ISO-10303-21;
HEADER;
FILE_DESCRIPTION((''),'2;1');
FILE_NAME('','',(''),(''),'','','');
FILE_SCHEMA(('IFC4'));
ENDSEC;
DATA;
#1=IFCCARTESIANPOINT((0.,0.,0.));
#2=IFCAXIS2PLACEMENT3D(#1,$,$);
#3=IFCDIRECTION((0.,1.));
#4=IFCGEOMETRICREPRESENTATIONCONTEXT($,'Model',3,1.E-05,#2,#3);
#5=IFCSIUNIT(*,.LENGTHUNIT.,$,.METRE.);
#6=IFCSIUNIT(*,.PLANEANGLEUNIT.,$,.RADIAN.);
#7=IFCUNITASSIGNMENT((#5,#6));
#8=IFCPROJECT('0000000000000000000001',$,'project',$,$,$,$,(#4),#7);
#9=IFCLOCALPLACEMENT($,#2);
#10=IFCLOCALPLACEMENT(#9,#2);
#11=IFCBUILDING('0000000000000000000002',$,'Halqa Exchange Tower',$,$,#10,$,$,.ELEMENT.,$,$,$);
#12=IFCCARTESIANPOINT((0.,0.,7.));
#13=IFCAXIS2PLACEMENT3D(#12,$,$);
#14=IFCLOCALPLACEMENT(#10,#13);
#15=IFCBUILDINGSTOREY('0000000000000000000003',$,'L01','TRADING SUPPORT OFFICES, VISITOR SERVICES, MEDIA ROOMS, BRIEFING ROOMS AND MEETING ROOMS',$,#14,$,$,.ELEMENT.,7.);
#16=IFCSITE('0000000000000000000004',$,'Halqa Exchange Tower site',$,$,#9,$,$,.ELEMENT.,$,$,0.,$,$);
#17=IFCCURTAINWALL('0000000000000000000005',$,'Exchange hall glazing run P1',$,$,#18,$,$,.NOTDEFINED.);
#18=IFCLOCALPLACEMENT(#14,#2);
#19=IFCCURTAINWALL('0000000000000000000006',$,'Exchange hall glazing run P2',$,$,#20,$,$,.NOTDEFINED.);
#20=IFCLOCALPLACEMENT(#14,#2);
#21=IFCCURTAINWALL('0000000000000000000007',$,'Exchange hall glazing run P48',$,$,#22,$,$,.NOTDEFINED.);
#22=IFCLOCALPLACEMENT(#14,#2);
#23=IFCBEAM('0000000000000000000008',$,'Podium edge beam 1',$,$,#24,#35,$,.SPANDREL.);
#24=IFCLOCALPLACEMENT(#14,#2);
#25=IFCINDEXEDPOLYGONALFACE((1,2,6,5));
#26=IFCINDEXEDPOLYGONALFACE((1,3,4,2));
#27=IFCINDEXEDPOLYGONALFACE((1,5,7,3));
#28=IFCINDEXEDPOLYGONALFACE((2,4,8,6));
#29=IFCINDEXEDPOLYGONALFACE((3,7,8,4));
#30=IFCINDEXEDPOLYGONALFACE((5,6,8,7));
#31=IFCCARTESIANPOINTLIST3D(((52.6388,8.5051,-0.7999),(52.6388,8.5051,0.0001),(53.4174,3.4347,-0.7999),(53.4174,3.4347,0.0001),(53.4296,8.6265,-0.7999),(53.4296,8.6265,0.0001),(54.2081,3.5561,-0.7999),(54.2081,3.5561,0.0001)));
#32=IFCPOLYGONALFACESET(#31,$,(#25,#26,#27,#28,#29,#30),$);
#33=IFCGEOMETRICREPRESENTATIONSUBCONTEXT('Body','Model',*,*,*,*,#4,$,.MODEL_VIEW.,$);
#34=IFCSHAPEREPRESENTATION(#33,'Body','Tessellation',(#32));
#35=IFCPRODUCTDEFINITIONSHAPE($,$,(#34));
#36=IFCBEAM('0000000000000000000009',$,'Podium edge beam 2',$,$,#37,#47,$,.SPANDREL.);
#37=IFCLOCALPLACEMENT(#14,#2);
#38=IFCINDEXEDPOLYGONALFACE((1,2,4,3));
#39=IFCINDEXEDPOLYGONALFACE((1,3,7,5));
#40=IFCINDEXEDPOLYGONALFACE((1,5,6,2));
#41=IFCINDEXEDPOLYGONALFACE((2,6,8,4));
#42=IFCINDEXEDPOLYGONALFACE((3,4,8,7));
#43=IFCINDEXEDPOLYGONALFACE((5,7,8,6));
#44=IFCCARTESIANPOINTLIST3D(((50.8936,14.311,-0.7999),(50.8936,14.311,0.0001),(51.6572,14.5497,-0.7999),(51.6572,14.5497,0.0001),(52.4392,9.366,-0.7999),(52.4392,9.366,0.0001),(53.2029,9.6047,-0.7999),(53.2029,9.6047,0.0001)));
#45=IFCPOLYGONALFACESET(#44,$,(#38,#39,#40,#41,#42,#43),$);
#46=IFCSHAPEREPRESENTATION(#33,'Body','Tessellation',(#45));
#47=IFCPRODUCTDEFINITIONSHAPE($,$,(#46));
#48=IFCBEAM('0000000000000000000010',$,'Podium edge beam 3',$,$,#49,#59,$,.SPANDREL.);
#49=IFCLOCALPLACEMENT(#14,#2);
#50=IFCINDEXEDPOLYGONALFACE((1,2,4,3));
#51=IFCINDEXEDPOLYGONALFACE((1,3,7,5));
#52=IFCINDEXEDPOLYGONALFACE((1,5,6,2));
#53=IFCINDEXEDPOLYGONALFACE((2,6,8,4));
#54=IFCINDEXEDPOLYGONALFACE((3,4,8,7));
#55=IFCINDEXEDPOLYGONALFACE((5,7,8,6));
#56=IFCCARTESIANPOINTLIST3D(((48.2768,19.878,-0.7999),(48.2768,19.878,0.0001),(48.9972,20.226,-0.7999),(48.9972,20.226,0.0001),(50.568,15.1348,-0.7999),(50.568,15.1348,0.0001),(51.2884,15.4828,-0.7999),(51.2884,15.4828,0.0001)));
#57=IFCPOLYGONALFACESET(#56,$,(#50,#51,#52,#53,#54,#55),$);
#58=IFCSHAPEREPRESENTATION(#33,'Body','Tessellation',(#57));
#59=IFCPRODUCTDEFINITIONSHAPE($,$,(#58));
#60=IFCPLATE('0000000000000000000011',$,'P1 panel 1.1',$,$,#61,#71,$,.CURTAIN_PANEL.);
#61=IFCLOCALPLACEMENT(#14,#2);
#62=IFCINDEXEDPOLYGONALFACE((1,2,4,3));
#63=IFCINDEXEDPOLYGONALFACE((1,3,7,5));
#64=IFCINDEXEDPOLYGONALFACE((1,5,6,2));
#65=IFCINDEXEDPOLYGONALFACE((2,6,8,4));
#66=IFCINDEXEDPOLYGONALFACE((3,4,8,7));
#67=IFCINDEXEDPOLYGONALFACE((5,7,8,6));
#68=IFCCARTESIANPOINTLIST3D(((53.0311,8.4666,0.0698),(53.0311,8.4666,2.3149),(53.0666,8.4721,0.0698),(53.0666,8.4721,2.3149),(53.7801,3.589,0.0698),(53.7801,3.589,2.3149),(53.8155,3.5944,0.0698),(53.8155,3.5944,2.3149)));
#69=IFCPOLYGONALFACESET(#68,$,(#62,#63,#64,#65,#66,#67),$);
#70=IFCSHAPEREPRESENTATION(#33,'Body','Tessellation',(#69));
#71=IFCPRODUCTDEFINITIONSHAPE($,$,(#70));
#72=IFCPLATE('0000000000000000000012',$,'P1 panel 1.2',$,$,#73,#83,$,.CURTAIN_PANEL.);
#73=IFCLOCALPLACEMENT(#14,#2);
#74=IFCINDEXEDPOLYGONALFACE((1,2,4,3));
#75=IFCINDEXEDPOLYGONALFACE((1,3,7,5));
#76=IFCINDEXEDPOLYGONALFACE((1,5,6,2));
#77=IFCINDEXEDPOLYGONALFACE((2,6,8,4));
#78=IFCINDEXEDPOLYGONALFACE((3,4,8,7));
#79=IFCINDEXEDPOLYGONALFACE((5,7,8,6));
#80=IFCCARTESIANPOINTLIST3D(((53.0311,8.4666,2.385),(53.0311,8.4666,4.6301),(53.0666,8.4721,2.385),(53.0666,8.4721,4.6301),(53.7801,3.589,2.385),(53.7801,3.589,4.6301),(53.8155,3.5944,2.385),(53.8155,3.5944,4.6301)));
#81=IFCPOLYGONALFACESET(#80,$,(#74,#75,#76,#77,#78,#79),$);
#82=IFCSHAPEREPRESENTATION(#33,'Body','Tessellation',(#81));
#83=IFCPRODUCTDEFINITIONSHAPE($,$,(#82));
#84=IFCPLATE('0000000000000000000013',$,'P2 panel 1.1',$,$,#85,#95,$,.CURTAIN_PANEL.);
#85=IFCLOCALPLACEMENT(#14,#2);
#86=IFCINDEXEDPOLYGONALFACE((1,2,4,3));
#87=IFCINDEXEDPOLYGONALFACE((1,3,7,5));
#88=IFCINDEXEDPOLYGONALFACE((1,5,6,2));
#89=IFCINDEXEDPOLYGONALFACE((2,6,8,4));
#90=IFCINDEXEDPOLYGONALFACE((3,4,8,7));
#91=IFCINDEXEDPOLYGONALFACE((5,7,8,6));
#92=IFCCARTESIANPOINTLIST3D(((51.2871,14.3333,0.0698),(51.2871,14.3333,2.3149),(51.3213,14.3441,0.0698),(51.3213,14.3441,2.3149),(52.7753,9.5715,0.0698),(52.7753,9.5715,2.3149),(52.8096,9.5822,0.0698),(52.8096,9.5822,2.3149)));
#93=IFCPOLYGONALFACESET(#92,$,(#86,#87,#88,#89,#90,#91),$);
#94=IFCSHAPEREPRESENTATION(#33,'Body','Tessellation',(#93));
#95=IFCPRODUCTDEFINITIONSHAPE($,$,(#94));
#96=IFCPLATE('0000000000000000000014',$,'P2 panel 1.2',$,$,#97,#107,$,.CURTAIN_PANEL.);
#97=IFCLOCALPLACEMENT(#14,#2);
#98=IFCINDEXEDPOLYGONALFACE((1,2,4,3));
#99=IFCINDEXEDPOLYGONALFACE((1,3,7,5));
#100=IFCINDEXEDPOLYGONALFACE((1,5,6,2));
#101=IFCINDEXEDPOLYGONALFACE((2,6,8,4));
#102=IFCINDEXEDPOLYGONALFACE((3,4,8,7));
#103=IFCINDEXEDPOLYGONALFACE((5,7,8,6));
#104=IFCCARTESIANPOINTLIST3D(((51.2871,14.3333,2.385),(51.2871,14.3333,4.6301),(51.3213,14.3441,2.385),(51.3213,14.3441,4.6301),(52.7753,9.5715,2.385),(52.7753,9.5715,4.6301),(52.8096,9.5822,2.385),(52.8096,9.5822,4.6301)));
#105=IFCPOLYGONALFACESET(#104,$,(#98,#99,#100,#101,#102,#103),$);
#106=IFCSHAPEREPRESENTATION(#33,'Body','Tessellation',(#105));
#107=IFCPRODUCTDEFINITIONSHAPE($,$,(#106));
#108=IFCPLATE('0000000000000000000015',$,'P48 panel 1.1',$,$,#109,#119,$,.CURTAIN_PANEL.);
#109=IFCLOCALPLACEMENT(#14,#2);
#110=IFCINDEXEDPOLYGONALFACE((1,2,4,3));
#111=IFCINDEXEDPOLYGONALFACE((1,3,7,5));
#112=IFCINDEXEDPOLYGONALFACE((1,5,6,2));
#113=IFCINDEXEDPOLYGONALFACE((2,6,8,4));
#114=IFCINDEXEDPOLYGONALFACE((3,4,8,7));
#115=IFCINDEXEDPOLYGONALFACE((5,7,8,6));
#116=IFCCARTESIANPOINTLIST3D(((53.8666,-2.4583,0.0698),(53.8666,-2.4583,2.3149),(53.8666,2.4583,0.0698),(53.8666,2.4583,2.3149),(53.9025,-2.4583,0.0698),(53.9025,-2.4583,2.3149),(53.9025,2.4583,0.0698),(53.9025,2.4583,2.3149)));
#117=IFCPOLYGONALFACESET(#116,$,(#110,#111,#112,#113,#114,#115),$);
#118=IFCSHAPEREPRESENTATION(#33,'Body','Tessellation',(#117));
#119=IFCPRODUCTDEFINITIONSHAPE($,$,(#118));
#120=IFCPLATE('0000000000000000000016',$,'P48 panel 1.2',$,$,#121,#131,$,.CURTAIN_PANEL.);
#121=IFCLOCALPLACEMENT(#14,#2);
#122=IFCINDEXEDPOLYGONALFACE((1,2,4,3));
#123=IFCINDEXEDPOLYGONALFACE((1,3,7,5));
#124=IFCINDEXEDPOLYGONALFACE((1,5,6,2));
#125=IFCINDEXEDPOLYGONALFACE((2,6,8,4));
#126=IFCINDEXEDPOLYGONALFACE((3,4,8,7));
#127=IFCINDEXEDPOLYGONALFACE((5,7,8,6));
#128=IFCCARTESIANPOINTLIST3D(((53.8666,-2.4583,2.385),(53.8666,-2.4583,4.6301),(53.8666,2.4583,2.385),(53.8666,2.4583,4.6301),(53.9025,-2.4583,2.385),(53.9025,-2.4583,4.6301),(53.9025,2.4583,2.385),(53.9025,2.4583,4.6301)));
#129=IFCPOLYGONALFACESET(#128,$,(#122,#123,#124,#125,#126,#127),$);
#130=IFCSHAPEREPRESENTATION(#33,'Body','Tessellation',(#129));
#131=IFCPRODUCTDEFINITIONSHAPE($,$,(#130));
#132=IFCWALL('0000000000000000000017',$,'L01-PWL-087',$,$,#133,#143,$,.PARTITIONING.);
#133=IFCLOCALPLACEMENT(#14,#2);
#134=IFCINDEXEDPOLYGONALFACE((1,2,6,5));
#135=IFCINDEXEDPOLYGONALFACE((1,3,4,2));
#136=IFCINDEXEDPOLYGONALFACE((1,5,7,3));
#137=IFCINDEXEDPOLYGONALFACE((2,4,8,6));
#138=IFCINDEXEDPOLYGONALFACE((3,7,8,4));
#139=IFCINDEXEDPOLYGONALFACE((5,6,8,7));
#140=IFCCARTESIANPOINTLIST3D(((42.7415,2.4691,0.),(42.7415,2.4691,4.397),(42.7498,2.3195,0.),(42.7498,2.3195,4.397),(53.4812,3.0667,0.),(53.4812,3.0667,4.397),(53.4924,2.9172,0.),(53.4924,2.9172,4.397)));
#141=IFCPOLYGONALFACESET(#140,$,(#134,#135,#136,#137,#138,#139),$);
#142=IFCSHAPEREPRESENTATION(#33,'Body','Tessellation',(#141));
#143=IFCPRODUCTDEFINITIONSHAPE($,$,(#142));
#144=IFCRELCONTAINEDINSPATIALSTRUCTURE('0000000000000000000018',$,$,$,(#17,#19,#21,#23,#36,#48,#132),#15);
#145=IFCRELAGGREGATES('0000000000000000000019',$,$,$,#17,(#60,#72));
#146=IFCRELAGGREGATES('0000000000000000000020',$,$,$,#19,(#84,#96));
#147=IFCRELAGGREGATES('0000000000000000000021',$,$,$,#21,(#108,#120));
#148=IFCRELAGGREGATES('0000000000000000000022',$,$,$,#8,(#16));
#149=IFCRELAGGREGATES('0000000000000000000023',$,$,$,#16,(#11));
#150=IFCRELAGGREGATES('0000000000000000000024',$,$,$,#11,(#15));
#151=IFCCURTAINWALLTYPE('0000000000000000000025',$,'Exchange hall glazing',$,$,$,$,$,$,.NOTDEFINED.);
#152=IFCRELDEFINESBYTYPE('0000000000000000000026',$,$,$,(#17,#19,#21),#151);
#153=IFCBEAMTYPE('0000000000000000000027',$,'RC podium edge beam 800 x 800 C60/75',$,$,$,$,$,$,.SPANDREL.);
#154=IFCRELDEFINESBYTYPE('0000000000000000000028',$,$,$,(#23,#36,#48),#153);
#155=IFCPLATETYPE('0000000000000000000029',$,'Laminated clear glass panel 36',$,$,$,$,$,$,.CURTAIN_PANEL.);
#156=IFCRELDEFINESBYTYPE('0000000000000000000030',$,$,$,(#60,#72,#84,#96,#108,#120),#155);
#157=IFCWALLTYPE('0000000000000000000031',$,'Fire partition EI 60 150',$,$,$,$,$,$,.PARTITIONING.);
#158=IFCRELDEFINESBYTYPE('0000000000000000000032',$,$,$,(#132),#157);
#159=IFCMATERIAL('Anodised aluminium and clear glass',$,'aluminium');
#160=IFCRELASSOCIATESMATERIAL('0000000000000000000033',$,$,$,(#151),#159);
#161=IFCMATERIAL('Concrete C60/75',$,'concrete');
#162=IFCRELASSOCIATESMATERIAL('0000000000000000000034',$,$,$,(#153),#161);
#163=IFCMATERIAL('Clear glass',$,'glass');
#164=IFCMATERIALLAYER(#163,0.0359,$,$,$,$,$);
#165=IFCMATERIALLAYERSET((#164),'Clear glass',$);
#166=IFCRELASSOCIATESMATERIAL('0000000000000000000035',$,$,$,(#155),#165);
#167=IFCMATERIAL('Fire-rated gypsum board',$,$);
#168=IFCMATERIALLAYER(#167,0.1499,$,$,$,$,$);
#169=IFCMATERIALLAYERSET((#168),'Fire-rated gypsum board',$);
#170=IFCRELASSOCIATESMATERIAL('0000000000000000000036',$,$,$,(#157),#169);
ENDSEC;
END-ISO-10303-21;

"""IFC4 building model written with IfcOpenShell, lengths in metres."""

from ifc_helpers import new_model, si_unit, direction, frame, origin, origin_2d, place, context, subcontext, project, spatial, polyline, rectangle, outline, extrude, material, layer, layer_set, material_profile, profile_set, type_object, element, aggregate, save


model = new_model("IFC4")

# Units and contexts
model_context = context("Model", 3, precision=1e-05, world=origin(), true_north=direction((0.0, 1.0)))
body_context = subcontext(model_context, "Body", "Model", "MODEL_VIEW")
ifc_project = project(units=[si_unit("LENGTHUNIT", "METRE"), si_unit("PLANEANGLEUNIT", "RADIAN")], contexts=[model_context])

# Site, building, storey
site_placement = place(None, origin())
site = spatial("IfcSite", under=ifc_project, at=site_placement, Name="Halqa Exchange Tower site", CompositionType="ELEMENT", RefElevation=0.0)
building_placement = place(site_placement, origin())
building = spatial("IfcBuilding", under=site, at=building_placement, Name="Halqa Exchange Tower", CompositionType="ELEMENT")
storey_placement = place(building_placement, frame((0.0, 0.0, 7.0)))
storey = spatial("IfcBuildingStorey", under=building, at=storey_placement, Name="L01", Description="TRADING SUPPORT OFFICES, VISITOR SERVICES, MEDIA ROOMS, BRIEFING ROOMS AND MEETING ROOMS", CompositionType="ELEMENT", Elevation=7.0)

# Shared definitions
ifc_material_1 = material(Name="Concrete C60/75", Category="concrete")

# Curtain walls
ifc_material_2 = material(Name="Anodised aluminium and clear glass", Category="aluminium")
curtain_wall_type = type_object("IfcCurtainWallType", Name="Exchange hall glazing", PredefinedType="NOTDEFINED", material=ifc_material_2)
curtain_wall_1_placement = place(storey_placement, origin())
curtain_wall_1 = element("IfcCurtainWall", 1, at=curtain_wall_1_placement, inside=storey, type_object=curtain_wall_type, Name="Exchange hall glazing run P1", PredefinedType="NOTDEFINED")
curtain_wall_2_placement = place(storey_placement, origin())
curtain_wall_2 = element("IfcCurtainWall", 2, at=curtain_wall_2_placement, inside=storey, type_object=curtain_wall_type, Name="Exchange hall glazing run P2", PredefinedType="NOTDEFINED")

# Curtain wall
curtain_wall_3_placement = place(storey_placement, origin())
curtain_wall_3 = element("IfcCurtainWall", 3, at=curtain_wall_3_placement, inside=storey, type_object=curtain_wall_type, Name="Exchange hall glazing run P48", PredefinedType="NOTDEFINED")

# Beams
ifc_material_profile_1 = material_profile(ifc_material_1, rectangle(XDim=0.8, YDim=0.8, at=origin_2d()), Name="800 x 800")
ifc_profile_set_1 = profile_set([ifc_material_profile_1], Name="Concrete C60/75")
beam_type = type_object("IfcBeamType", Name="RC podium edge beam 800 x 800 C60/75", PredefinedType="SPANDREL", material=ifc_profile_set_1)
beam_1_placement = place(storey_placement, frame((53.8127, 3.4954, -0.3999), z_axis=(-0.151768, 0.988416, 0.0), x_axis=(-0.988416, -0.151768, 0.0)))
element("IfcBeam", 4, at=beam_1_placement, inside=storey, type_object=beam_type, Name="Podium edge beam 1", PredefinedType="SPANDREL", context=body_context, shape_type="SweptSolid", body=[
    extrude(rectangle(XDim=0.8, YDim=0.8, at=origin_2d()), origin(), (0.0, 0.0, 1.0), 5.1299),
])
beam_2_placement = place(storey_placement, frame((52.821, 9.4854, -0.3999), z_axis=(-0.298331, 0.954462, 0.0), x_axis=(-0.954462, -0.298331, 0.0)))
element("IfcBeam", 5, at=beam_2_placement, inside=storey, type_object=beam_type, Name="Podium edge beam 2", PredefinedType="SPANDREL", context=body_context, shape_type="SweptSolid", body=[
    extrude(rectangle(XDim=0.8, YDim=0.8, at=origin_2d()), origin(), (0.0, 0.0, 1.0), 5.1809),
])
beam_3_placement = place(storey_placement, frame((50.9282, 15.3088, -0.3999), z_axis=(-0.434973, 0.900443, 0.0), x_axis=(-0.900443, -0.434973, 0.0)))
element("IfcBeam", 6, at=beam_3_placement, inside=storey, type_object=beam_type, Name="Podium edge beam 3", PredefinedType="SPANDREL", context=body_context, shape_type="SweptSolid", body=[
    extrude(rectangle(XDim=0.8, YDim=0.8, at=origin_2d()), origin(), (0.0, 0.0, 1.0), 5.2676),
])

# Plates
ifc_material_3 = material(Name="Clear glass", Category="glass")
ifc_layer_1 = layer(ifc_material_3, 0.0359)
ifc_layer_set_1 = layer_set([ifc_layer_1], Name="Clear glass")
plate_type = type_object("IfcPlateType", Name="Laminated clear glass panel 36", PredefinedType="CURTAIN_PANEL", material=ifc_layer_set_1)
plate_1_placement = place(storey_placement, frame((53.4233, 6.0305, 0.0698), z_axis=(0.0, 0.0, 1.0), x_axis=(-0.151767, 0.988416, 0.0)))
plate_1 = element("IfcPlate", 7, at=plate_1_placement, type_object=plate_type, Name="P1 panel 1.1", PredefinedType="CURTAIN_PANEL", context=body_context, shape_type="SweptSolid", body=[
    extrude(rectangle(XDim=4.9348, YDim=0.0359, at=origin_2d()), origin(), (0.0, 0.0, 1.0), 2.2451),
])
plate_2_placement = place(storey_placement, frame((53.4233, 6.0305, 2.385), z_axis=(0.0, 0.0, 1.0), x_axis=(-0.151767, 0.988416, 0.0)))
plate_2 = element("IfcPlate", 8, at=plate_2_placement, type_object=plate_type, Name="P1 panel 1.2", PredefinedType="CURTAIN_PANEL", context=body_context, shape_type="SweptSolid", body=[
    extrude(rectangle(XDim=4.9348, YDim=0.0359, at=origin_2d()), origin(), (0.0, 0.0, 1.0), 2.2451),
])
aggregate(curtain_wall_1, [plate_1, plate_2])
plate_3_placement = place(storey_placement, frame((52.0483, 11.9578, 0.0698), z_axis=(0.0, 0.0, 1.0), x_axis=(-0.298303, 0.954471, 0.0)))
plate_3 = element("IfcPlate", 9, at=plate_3_placement, type_object=plate_type, Name="P2 panel 1.1", PredefinedType="CURTAIN_PANEL", context=body_context, shape_type="SweptSolid", body=[
    extrude(rectangle(XDim=4.989, YDim=0.0359, at=origin_2d()), origin(), (0.0, 0.0, 1.0), 2.2451),
])
plate_4_placement = place(storey_placement, frame((52.0483, 11.9578, 2.385), z_axis=(0.0, 0.0, 1.0), x_axis=(-0.298303, 0.954471, 0.0)))
plate_4 = element("IfcPlate", 10, at=plate_4_placement, type_object=plate_type, Name="P2 panel 1.2", PredefinedType="CURTAIN_PANEL", context=body_context, shape_type="SweptSolid", body=[
    extrude(rectangle(XDim=4.989, YDim=0.0359, at=origin_2d()), origin(), (0.0, 0.0, 1.0), 2.2451),
])
aggregate(curtain_wall_2, [plate_3, plate_4])
plate_5_placement = place(storey_placement, frame((53.8845, 0.0, 0.0698), z_axis=(0.0, 0.0, 1.0), x_axis=(0.0, 1.0, 0.0)))
plate_5 = element("IfcPlate", 11, at=plate_5_placement, type_object=plate_type, Name="P48 panel 1.1", PredefinedType="CURTAIN_PANEL", context=body_context, shape_type="SweptSolid", body=[
    extrude(rectangle(XDim=4.9165, YDim=0.0359, at=origin_2d()), origin(), (0.0, 0.0, 1.0), 2.2451),
])
plate_6_placement = place(storey_placement, frame((53.8845, 0.0, 2.385), z_axis=(0.0, 0.0, 1.0), x_axis=(0.0, 1.0, 0.0)))
plate_6 = element("IfcPlate", 12, at=plate_6_placement, type_object=plate_type, Name="P48 panel 1.2", PredefinedType="CURTAIN_PANEL", context=body_context, shape_type="SweptSolid", body=[
    extrude(rectangle(XDim=4.9165, YDim=0.0359, at=origin_2d()), origin(), (0.0, 0.0, 1.0), 2.2451),
])
aggregate(curtain_wall_3, [plate_5, plate_6])

# Wall
ifc_material_4 = material(Name="Fire-rated gypsum board")
ifc_layer_2 = layer(ifc_material_4, 0.1499)
ifc_layer_set_2 = layer_set([ifc_layer_2], Name="Fire-rated gypsum board")
wall_type = type_object("IfcWallType", Name="Fire partition EI 60 150", PredefinedType="PARTITIONING", material=ifc_layer_set_2)
wall_placement = place(storey_placement, frame((53.4868, 2.9919, 0.0), z_axis=(0.0, 0.0, 1.0), x_axis=(-0.998456, -0.055555, 0.0)))
element("IfcWall", 13, at=wall_placement, inside=storey, type_object=wall_type, Name="L01-PWL-087", PredefinedType="PARTITIONING", context=body_context, shape_type="SweptSolid", body=[
    extrude(outline(polyline([(0.0015, -0.075), (10.7578, -0.075), (10.7578, 0.075), (-0.0015, 0.075), (0.0015, -0.075)])), origin(), (0.0, 0.0, 1.0), 4.397),
])

save(model, "model.ifc")
